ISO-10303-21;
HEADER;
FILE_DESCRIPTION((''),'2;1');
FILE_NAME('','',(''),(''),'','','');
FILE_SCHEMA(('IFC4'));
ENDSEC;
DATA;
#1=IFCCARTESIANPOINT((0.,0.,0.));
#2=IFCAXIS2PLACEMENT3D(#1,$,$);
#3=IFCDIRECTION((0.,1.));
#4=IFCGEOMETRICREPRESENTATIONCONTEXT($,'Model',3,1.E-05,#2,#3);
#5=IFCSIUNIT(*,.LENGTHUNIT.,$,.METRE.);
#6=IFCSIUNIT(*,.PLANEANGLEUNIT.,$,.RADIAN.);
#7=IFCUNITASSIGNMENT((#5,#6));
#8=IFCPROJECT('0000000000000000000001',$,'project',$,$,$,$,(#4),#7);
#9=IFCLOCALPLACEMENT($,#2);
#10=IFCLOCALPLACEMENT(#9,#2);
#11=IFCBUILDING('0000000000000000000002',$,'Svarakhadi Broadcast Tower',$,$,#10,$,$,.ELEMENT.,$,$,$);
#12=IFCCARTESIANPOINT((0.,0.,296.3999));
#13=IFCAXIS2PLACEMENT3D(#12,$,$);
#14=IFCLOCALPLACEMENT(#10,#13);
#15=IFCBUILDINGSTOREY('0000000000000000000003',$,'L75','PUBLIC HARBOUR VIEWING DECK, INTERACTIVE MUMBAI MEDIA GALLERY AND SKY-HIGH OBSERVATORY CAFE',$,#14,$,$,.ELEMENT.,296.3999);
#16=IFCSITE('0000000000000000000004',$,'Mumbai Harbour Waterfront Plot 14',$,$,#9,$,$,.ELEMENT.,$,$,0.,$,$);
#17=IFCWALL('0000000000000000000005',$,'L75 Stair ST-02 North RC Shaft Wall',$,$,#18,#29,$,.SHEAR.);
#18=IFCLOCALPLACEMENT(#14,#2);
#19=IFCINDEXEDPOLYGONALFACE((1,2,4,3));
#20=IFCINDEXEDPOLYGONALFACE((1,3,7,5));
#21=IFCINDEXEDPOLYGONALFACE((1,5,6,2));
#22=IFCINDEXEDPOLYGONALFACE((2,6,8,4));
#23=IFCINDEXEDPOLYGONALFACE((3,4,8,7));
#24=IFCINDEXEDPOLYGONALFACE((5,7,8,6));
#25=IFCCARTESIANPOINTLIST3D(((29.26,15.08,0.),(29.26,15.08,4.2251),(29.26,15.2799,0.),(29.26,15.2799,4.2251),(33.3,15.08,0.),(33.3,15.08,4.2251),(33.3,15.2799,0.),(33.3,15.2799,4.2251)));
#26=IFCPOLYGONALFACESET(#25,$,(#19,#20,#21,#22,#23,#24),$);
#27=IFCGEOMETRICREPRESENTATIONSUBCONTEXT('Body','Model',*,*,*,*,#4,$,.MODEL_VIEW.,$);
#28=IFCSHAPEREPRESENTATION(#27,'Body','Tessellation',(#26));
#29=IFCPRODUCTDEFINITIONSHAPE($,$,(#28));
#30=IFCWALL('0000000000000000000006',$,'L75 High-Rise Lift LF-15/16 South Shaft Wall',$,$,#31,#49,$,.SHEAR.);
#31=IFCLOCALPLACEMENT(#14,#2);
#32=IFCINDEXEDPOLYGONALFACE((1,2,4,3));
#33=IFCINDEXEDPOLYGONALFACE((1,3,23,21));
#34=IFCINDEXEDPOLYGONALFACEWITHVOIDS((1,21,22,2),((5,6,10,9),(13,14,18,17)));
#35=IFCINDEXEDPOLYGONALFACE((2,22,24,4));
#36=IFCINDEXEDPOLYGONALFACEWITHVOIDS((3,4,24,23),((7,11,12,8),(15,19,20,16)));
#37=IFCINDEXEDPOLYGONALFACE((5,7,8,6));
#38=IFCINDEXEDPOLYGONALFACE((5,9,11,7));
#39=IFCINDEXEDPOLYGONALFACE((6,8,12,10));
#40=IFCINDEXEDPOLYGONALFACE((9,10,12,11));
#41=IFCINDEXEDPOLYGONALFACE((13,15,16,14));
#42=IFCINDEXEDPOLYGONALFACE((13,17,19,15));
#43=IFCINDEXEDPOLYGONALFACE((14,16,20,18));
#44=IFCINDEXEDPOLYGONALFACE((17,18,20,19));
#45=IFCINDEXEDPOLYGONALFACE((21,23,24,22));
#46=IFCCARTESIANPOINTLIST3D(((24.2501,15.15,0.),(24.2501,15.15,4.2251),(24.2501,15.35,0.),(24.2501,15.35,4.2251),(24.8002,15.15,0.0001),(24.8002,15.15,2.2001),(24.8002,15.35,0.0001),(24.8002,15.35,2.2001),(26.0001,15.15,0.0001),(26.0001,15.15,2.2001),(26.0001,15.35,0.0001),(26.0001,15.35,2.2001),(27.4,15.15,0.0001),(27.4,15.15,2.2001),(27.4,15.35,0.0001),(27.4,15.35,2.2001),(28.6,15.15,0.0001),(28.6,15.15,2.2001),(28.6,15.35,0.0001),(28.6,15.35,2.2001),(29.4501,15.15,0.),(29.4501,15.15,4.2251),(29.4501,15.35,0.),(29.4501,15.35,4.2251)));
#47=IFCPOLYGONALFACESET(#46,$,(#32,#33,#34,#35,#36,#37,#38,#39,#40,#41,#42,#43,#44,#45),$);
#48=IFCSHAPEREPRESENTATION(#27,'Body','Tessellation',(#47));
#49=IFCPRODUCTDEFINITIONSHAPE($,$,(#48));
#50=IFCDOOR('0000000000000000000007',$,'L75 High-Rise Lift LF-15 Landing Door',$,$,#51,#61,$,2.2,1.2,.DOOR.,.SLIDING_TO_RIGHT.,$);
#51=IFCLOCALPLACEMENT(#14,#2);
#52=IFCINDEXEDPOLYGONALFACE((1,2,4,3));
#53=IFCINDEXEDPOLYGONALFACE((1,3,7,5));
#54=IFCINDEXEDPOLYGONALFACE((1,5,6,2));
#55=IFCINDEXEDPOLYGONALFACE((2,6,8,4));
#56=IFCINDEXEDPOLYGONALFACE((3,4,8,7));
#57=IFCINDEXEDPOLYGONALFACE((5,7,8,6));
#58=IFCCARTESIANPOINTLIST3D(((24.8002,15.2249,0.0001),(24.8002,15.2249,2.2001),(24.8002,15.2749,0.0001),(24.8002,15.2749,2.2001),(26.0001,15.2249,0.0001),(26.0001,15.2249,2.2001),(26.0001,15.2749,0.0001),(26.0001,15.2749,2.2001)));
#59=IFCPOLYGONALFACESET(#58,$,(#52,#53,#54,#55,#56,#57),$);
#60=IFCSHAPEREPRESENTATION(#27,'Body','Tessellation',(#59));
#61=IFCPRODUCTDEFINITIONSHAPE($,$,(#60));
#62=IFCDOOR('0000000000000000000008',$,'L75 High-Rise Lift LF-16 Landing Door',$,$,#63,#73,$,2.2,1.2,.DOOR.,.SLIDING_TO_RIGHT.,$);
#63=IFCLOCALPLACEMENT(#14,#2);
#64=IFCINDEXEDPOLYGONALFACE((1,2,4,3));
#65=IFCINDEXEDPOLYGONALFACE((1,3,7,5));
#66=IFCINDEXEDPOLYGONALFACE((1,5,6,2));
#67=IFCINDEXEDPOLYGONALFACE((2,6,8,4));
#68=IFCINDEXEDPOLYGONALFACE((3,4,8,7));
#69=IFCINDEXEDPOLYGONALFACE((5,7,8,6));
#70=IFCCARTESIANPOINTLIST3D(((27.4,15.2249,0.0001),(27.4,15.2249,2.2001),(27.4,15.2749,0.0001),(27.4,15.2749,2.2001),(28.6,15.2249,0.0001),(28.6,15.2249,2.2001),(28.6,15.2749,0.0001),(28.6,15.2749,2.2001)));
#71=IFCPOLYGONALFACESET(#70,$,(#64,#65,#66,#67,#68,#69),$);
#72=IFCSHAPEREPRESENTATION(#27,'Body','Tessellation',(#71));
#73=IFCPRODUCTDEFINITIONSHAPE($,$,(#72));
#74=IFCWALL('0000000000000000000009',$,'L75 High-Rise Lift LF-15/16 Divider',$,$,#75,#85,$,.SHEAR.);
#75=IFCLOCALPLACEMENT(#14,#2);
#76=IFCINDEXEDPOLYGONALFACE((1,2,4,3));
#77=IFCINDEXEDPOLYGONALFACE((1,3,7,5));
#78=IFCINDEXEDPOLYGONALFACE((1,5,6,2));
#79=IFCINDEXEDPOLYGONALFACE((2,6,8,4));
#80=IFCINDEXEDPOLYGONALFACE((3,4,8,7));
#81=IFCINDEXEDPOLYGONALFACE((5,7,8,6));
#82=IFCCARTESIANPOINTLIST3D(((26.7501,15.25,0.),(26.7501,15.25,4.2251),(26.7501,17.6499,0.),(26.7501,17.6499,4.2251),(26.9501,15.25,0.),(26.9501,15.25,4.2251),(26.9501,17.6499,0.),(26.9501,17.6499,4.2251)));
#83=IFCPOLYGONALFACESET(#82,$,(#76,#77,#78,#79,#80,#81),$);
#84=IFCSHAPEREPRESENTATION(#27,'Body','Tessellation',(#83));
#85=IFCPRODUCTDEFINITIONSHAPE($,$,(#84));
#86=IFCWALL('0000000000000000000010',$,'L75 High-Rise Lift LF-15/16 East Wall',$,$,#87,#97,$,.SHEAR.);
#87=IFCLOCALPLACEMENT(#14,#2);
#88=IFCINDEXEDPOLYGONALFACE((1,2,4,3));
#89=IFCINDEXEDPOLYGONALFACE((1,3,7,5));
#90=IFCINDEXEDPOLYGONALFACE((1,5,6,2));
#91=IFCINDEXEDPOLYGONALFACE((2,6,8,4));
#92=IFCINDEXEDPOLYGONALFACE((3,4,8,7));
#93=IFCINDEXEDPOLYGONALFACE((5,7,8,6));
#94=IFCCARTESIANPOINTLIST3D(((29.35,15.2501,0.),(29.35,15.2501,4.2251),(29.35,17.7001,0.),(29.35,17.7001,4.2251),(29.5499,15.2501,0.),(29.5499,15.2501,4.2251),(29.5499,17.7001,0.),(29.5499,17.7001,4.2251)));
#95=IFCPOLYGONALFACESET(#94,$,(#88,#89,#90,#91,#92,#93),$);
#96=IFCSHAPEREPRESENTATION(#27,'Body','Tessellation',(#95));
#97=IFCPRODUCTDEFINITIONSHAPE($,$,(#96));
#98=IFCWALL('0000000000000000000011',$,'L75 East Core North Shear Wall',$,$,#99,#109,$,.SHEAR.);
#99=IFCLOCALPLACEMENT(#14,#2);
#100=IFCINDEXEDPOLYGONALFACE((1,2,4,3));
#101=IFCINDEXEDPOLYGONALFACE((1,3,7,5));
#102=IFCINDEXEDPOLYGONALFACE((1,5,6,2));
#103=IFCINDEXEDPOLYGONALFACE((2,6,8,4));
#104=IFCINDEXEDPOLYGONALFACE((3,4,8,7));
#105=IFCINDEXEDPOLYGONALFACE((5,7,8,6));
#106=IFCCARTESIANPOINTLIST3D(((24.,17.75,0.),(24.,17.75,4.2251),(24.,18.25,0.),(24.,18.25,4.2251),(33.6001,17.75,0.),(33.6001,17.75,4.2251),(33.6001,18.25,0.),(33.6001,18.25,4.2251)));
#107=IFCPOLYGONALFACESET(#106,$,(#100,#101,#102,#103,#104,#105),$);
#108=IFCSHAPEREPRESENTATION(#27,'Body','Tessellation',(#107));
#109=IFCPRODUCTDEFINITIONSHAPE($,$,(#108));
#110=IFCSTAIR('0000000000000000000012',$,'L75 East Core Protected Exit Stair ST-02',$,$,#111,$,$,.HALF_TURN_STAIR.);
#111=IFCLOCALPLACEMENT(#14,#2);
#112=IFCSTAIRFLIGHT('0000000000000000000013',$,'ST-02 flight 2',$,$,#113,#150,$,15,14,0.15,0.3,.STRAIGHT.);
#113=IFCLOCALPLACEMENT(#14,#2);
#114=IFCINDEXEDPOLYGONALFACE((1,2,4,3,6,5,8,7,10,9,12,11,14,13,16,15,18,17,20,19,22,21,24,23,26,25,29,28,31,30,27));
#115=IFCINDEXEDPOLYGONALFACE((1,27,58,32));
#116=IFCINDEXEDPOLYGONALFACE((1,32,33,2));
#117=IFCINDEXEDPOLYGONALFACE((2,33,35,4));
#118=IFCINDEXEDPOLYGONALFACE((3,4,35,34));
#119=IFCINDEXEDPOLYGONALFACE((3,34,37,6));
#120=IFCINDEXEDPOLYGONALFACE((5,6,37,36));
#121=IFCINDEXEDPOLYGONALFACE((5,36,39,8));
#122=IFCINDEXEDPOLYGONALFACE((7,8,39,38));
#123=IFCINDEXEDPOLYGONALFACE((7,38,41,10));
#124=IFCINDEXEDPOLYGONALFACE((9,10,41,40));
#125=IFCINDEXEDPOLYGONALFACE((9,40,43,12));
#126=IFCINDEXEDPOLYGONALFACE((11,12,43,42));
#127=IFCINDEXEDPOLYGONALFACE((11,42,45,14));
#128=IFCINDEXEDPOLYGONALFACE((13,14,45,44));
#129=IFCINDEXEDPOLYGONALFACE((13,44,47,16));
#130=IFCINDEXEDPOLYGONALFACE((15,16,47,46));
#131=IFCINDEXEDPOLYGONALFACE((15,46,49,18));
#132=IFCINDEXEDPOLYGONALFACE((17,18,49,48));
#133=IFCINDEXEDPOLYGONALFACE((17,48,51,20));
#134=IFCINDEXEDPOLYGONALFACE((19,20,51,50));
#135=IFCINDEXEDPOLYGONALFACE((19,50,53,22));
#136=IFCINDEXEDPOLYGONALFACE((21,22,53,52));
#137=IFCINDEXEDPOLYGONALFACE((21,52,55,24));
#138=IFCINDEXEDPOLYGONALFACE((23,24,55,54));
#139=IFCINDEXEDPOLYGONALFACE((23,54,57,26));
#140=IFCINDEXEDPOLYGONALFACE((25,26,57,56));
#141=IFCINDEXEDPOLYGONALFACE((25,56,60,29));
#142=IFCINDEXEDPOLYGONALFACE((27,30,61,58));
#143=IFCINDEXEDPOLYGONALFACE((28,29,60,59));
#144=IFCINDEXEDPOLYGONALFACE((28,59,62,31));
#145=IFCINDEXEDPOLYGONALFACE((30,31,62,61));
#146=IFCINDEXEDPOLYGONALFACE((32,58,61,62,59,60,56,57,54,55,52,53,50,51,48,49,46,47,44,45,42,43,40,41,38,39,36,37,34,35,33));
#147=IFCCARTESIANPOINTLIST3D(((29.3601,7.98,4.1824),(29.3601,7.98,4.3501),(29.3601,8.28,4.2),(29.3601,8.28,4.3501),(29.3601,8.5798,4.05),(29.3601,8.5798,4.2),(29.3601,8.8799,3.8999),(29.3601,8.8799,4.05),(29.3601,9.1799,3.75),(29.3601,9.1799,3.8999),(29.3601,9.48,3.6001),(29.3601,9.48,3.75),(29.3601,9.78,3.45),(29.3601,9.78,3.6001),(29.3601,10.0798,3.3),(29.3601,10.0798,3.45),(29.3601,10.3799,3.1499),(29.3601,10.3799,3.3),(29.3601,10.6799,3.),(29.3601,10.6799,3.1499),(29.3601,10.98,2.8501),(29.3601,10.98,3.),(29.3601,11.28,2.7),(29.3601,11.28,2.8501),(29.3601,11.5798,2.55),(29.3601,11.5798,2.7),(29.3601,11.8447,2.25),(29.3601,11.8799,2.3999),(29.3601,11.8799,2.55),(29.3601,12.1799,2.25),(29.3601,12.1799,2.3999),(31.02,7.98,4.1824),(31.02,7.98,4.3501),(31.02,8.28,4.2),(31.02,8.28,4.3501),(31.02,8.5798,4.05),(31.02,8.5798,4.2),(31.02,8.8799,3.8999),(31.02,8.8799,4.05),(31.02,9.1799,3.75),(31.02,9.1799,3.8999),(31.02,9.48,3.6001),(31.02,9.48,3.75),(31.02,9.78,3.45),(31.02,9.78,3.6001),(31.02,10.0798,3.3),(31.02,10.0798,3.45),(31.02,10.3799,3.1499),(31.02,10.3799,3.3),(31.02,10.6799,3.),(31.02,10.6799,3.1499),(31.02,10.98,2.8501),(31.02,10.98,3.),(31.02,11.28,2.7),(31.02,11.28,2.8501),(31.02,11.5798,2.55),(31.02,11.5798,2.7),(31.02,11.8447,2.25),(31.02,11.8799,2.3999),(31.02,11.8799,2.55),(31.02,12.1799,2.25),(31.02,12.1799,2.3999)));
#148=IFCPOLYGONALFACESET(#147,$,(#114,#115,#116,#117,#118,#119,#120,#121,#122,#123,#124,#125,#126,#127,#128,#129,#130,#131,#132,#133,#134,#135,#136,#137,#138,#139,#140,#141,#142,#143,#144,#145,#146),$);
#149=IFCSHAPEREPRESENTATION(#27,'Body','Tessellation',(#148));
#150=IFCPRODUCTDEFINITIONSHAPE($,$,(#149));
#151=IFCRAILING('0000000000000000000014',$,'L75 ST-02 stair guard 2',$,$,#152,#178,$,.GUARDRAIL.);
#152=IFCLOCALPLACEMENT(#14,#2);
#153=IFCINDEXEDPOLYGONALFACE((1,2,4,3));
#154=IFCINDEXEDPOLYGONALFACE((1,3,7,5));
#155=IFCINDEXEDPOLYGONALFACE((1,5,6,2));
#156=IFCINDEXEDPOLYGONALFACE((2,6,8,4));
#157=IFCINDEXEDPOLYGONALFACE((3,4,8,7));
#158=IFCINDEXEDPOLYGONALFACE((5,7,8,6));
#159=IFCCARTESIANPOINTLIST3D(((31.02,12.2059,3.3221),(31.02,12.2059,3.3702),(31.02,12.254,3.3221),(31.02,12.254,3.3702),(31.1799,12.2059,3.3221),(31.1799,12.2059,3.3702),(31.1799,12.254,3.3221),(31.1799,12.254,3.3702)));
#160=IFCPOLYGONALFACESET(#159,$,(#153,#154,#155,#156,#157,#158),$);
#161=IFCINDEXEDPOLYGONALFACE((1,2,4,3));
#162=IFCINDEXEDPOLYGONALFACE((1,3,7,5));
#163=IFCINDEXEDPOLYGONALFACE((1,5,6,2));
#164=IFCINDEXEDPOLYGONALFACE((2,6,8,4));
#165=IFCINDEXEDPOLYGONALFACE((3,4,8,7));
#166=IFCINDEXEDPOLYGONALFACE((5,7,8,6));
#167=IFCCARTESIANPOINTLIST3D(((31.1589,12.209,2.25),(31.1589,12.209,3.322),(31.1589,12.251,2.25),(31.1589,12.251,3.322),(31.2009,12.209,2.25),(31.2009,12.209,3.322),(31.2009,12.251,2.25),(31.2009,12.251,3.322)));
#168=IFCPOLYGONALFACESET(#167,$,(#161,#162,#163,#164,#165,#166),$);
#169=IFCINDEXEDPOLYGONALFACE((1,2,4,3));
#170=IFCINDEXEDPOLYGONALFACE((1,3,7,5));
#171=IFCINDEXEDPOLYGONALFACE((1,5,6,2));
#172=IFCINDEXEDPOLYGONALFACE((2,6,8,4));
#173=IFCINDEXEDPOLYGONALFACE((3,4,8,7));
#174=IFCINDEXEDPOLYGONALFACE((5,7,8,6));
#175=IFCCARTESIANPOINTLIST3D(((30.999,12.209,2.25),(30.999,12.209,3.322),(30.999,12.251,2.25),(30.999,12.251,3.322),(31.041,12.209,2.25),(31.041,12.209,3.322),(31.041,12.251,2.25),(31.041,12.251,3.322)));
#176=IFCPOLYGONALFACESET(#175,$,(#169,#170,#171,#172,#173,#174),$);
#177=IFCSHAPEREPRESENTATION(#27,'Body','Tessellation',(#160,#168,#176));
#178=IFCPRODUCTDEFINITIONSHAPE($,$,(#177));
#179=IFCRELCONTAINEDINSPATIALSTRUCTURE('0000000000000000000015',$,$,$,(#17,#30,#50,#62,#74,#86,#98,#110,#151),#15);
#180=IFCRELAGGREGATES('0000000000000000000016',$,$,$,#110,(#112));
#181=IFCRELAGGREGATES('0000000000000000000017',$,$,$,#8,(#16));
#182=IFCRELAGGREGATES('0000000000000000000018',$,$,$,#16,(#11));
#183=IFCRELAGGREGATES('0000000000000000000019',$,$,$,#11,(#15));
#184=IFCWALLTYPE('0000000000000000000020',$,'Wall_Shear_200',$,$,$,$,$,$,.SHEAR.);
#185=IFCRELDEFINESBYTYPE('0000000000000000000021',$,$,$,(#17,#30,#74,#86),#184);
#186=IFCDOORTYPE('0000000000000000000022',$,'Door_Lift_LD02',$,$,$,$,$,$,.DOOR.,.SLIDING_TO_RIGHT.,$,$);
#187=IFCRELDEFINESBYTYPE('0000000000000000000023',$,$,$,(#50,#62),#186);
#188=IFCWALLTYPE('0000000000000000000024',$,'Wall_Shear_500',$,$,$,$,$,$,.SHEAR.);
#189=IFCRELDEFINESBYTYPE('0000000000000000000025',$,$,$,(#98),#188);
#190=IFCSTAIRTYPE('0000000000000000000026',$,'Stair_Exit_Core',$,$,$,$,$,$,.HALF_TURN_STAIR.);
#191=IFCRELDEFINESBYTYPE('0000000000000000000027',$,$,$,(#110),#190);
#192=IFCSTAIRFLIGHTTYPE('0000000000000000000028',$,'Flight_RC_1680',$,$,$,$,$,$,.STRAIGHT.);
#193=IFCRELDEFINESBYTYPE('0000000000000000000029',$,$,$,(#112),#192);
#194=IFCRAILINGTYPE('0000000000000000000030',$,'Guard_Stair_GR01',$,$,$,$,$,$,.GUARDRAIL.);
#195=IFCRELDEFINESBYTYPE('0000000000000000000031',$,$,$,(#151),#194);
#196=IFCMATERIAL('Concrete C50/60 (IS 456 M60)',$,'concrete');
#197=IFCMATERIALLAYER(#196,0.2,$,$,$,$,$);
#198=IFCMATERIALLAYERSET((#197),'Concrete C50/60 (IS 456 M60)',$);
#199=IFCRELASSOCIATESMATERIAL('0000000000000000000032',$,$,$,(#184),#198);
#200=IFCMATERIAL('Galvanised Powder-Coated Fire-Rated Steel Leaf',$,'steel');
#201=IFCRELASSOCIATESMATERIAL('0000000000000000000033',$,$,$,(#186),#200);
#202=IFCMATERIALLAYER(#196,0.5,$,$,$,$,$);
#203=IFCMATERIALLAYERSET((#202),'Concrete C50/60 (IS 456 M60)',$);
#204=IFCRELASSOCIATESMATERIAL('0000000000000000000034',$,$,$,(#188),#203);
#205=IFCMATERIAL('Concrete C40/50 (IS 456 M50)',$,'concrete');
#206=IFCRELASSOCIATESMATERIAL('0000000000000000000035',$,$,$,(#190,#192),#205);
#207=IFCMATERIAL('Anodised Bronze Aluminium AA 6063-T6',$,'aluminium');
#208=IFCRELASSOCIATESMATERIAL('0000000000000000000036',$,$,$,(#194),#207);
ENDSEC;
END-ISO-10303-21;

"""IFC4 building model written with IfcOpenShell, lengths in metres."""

from ifc_helpers import new_model, si_unit, direction, frame, frame_2d, origin, origin_2d, place, context, subcontext, project, spatial, polyline, rectangle, outline, extrude, material, layer, layer_set, type_object, element, fill, aggregate, save


model = new_model("IFC4")

# Units and contexts
model_context = context("Model", 3, precision=1e-05, world=origin(), true_north=direction((0.0, 1.0)))
body_context = subcontext(model_context, "Body", "Model", "MODEL_VIEW")
ifc_project = project(units=[si_unit("LENGTHUNIT", "METRE"), si_unit("PLANEANGLEUNIT", "RADIAN")], contexts=[model_context])

# Site, building, storey
site_placement = place(None, origin())
site = spatial("IfcSite", under=ifc_project, at=site_placement, Name="Mumbai Harbour Waterfront Plot 14", CompositionType="ELEMENT", RefElevation=0.0)
building_placement = place(site_placement, origin())
building = spatial("IfcBuilding", under=site, at=building_placement, Name="Svarakhadi Broadcast Tower", CompositionType="ELEMENT")
storey_placement = place(building_placement, frame((0.0, 0.0, 296.3999)))
storey = spatial("IfcBuildingStorey", under=building, at=storey_placement, Name="L75", Description="PUBLIC HARBOUR VIEWING DECK, INTERACTIVE MUMBAI MEDIA GALLERY AND SKY-HIGH OBSERVATORY CAFE", CompositionType="ELEMENT", Elevation=296.3999)

# Shared definitions
ifc_material_1 = material(Name="Anodised Bronze Aluminium AA 6063-T6", Category="aluminium")

# Shared definitions
ifc_material_2 = material(Name="Galvanised Powder-Coated Fire-Rated Steel Leaf", Category="steel")

# Wall
ifc_material_3 = material(Name="Concrete C50/60 (IS 456 M60)", Category="concrete")
ifc_layer_1 = layer(ifc_material_3, 0.2)
ifc_layer_set_1 = layer_set([ifc_layer_1], Name="Concrete C50/60 (IS 456 M60)")
wall_type_1 = type_object("IfcWallType", Name="Wall_Shear_200", PredefinedType="SHEAR", material=ifc_layer_set_1)
wall_1_placement = place(storey_placement, frame((29.26, 15.1799, 0.0), z_axis=(0.0, 0.0, 1.0), x_axis=(1.0, 0.0, 0.0)))
element("IfcWall", 1, at=wall_1_placement, inside=storey, type_object=wall_type_1, Name="L75 Stair ST-02 North RC Shaft Wall", PredefinedType="SHEAR", context=body_context, shape_type="SweptSolid", body=[
    extrude(rectangle(XDim=4.04, YDim=0.2, at=frame_2d((2.02, 0.0))), origin(), (0.0, 0.0, 1.0), 4.2251),
])

# Wall, openings, doors
wall_2_placement = place(storey_placement, frame((24.25, 15.25, 0.0), z_axis=(0.0, 0.0, 1.0), x_axis=(1.0, 0.0, 0.0)))
wall_2 = element("IfcWall", 2, at=wall_2_placement, inside=storey, type_object=wall_type_1, Name="L75 High-Rise Lift LF-15/16 South Shaft Wall", PredefinedType="SHEAR", context=body_context, shape_type="SweptSolid", body=[
    extrude(rectangle(XDim=5.2, YDim=0.2, at=frame_2d((2.6001, 0.0))), origin(), (0.0, 0.0, 1.0), 4.2251),
])
opening_1_placement = place(wall_2_placement, frame((0.55, 0.0, 0.0)))
opening_1 = element("IfcOpeningElement", 3, at=opening_1_placement, cuts=wall_2, PredefinedType="OPENING", context=body_context, shape_type="SweptSolid", body=[
    extrude(rectangle(XDim=1.2, YDim=2.2, at=frame_2d((0.6001, 1.1001))), frame((0.0, 0.1099, 0.0), z_axis=(0.0, -1.0, 0.0), x_axis=(1.0, 0.0, 0.0)), (0.0, 0.0, 1.0), 0.22),
])
opening_2_placement = place(wall_2_placement, frame((3.1499, 0.0, 0.0)))
opening_2 = element("IfcOpeningElement", 4, at=opening_2_placement, cuts=wall_2, PredefinedType="OPENING", context=body_context, shape_type="SweptSolid", body=[
    extrude(rectangle(XDim=1.2, YDim=2.2, at=frame_2d((0.6001, 1.1001))), frame((0.0, 0.1099, 0.0), z_axis=(0.0, -1.0, 0.0), x_axis=(1.0, 0.0, 0.0)), (0.0, 0.0, 1.0), 0.22),
])
door_type_1 = type_object("IfcDoorType", Name="Door_Lift_LD02", OperationType="SLIDING_TO_RIGHT", PredefinedType="DOOR", material=ifc_material_2)
door_1_placement = place(opening_1_placement, origin())
door_1 = element("IfcDoor", 5, at=door_1_placement, inside=storey, type_object=door_type_1, Name="L75 High-Rise Lift LF-15 Landing Door", OperationType="SLIDING_TO_RIGHT", OverallHeight=2.2, OverallWidth=1.2, PredefinedType="DOOR", context=body_context, shape_type="SweptSolid", body=[
    extrude(rectangle(XDim=1.2, YDim=2.2, at=frame_2d((0.6001, 1.1001))), frame((0.0, 0.0249, 0.0), z_axis=(0.0, -1.0, 0.0), x_axis=(1.0, 0.0, 0.0)), (0.0, 0.0, 1.0), 0.05),
])
fill(opening_1, door_1)
door_2_placement = place(opening_2_placement, origin())
door_2 = element("IfcDoor", 6, at=door_2_placement, inside=storey, type_object=door_type_1, Name="L75 High-Rise Lift LF-16 Landing Door", OperationType="SLIDING_TO_RIGHT", OverallHeight=2.2, OverallWidth=1.2, PredefinedType="DOOR", context=body_context, shape_type="SweptSolid", body=[
    extrude(rectangle(XDim=1.2, YDim=2.2, at=frame_2d((0.6001, 1.1001))), frame((0.0, 0.0249, 0.0), z_axis=(0.0, -1.0, 0.0), x_axis=(1.0, 0.0, 0.0)), (0.0, 0.0, 1.0), 0.05),
])
fill(opening_2, door_2)

# Walls
wall_3_placement = place(storey_placement, frame((26.8501, 15.25, 0.0), z_axis=(0.0, 0.0, 1.0), x_axis=(0.0, 1.0, 0.0)))
element("IfcWall", 7, at=wall_3_placement, inside=storey, type_object=wall_type_1, Name="L75 High-Rise Lift LF-15/16 Divider", PredefinedType="SHEAR", context=body_context, shape_type="SweptSolid", body=[
    extrude(rectangle(XDim=2.3999, YDim=0.2, at=frame_2d((1.2, 0.0))), origin(), (0.0, 0.0, 1.0), 4.2251),
])
wall_4_placement = place(storey_placement, frame((29.45, 15.25, 0.0), z_axis=(0.0, 0.0, 1.0), x_axis=(0.0, 1.0, 0.0)))
element("IfcWall", 8, at=wall_4_placement, inside=storey, type_object=wall_type_1, Name="L75 High-Rise Lift LF-15/16 East Wall", PredefinedType="SHEAR", context=body_context, shape_type="SweptSolid", body=[
    extrude(rectangle(XDim=2.45, YDim=0.2, at=frame_2d((1.2251, 0.0))), origin(), (0.0, 0.0, 1.0), 4.2251),
])
ifc_layer_2 = layer(ifc_material_3, 0.5)
ifc_layer_set_2 = layer_set([ifc_layer_2], Name="Concrete C50/60 (IS 456 M60)")
wall_type_2 = type_object("IfcWallType", Name="Wall_Shear_500", PredefinedType="SHEAR", material=ifc_layer_set_2)
wall_5_placement = place(storey_placement, frame((24.0, 18.0, 0.0), z_axis=(0.0, 0.0, 1.0), x_axis=(1.0, 0.0, 0.0)))
element("IfcWall", 9, at=wall_5_placement, inside=storey, type_object=wall_type_2, Name="L75 East Core North Shear Wall", PredefinedType="SHEAR", context=body_context, shape_type="SweptSolid", body=[
    extrude(rectangle(XDim=9.6001, YDim=0.5, at=frame_2d((4.8, 0.0))), origin(), (0.0, 0.0, 1.0), 4.2251),
])

# Stair, stair flight
ifc_material_4 = material(Name="Concrete C40/50 (IS 456 M50)", Category="concrete")
stair_type = type_object("IfcStairType", Name="Stair_Exit_Core", PredefinedType="HALF_TURN_STAIR", material=ifc_material_4)
stair_placement = place(storey_placement, origin())
stair = element("IfcStair", 10, at=stair_placement, inside=storey, type_object=stair_type, Name="L75 East Core Protected Exit Stair ST-02", PredefinedType="HALF_TURN_STAIR")
stair_flight_type = type_object("IfcStairFlightType", Name="Flight_RC_1680", PredefinedType="STRAIGHT", material=ifc_material_4)
stair_flight_placement = place(storey_placement, frame((30.1899, 12.1799, 2.25), z_axis=(0.0, 0.0, 1.0), x_axis=(0.0, -1.0, 0.0)))
stair_flight = element("IfcStairFlight", 11, at=stair_flight_placement, type_object=stair_flight_type, Name="ST-02 flight 2", NumberOfRisers=15, NumberOfTreads=14, PredefinedType="STRAIGHT", RiserHeight=0.15, TreadLength=0.3, context=body_context, shape_type="SweptSolid", body=[
    extrude(outline(polyline([(0.0, 0.0), (0.0, 0.1499), (0.3, 0.1499), (0.3, 0.3), (0.6001, 0.3), (0.6001, 0.45), (0.8999, 0.45), (0.8999, 0.6001), (1.2, 0.6001), (1.2, 0.75), (1.5, 0.75), (1.5, 0.8999), (1.8, 0.8999), (1.8, 1.05), (2.1001, 1.05), (2.1001, 1.2), (2.3999, 1.2), (2.3999, 1.3501), (2.7, 1.3501), (2.7, 1.5), (3.0, 1.5), (3.0, 1.6499), (3.3, 1.6499), (3.3, 1.8), (3.6001, 1.8), (3.6001, 1.95), (3.8999, 1.95), (3.8999, 2.1001), (4.2, 2.1001), (4.2, 2.25), (4.2, 1.9324), (0.3352, 0.0), (0.0, 0.0)])), frame((0.0, 0.8301, 0.0), z_axis=(0.0, -1.0, 0.0), x_axis=(1.0, 0.0, 0.0)), (0.0, 0.0, 1.0), 1.6599),
])
aggregate(stair, [stair_flight])

# Railing
railing_type_1 = type_object("IfcRailingType", Name="Guard_Stair_GR01", PredefinedType="GUARDRAIL", material=ifc_material_1)
railing_1_placement = place(storey_placement, frame((31.1799, 12.23, 2.25)))
element("IfcRailing", 12, at=railing_1_placement, inside=storey, type_object=railing_type_1, Name="L75 ST-02 stair guard 2", PredefinedType="GUARDRAIL", context=body_context, shape_type="SweptSolid", body=[
    extrude(rectangle(XDim=0.0481, YDim=0.0481, at=origin_2d()), frame((0.0, 0.0, 1.0962), z_axis=(-1.0, 0.0, 0.0), x_axis=(0.0, -1.0, 0.0)), (0.0, 0.0, 1.0), 0.1599),
    extrude(rectangle(XDim=0.042, YDim=0.042, at=origin_2d()), origin(), (0.0, 0.0, 1.0), 1.072),
    extrude(rectangle(XDim=0.042, YDim=0.042, at=origin_2d()), frame((-0.1599, 0.0, 0.0)), (0.0, 0.0, 1.0), 1.072),
])

save(model, "model.ifc")
